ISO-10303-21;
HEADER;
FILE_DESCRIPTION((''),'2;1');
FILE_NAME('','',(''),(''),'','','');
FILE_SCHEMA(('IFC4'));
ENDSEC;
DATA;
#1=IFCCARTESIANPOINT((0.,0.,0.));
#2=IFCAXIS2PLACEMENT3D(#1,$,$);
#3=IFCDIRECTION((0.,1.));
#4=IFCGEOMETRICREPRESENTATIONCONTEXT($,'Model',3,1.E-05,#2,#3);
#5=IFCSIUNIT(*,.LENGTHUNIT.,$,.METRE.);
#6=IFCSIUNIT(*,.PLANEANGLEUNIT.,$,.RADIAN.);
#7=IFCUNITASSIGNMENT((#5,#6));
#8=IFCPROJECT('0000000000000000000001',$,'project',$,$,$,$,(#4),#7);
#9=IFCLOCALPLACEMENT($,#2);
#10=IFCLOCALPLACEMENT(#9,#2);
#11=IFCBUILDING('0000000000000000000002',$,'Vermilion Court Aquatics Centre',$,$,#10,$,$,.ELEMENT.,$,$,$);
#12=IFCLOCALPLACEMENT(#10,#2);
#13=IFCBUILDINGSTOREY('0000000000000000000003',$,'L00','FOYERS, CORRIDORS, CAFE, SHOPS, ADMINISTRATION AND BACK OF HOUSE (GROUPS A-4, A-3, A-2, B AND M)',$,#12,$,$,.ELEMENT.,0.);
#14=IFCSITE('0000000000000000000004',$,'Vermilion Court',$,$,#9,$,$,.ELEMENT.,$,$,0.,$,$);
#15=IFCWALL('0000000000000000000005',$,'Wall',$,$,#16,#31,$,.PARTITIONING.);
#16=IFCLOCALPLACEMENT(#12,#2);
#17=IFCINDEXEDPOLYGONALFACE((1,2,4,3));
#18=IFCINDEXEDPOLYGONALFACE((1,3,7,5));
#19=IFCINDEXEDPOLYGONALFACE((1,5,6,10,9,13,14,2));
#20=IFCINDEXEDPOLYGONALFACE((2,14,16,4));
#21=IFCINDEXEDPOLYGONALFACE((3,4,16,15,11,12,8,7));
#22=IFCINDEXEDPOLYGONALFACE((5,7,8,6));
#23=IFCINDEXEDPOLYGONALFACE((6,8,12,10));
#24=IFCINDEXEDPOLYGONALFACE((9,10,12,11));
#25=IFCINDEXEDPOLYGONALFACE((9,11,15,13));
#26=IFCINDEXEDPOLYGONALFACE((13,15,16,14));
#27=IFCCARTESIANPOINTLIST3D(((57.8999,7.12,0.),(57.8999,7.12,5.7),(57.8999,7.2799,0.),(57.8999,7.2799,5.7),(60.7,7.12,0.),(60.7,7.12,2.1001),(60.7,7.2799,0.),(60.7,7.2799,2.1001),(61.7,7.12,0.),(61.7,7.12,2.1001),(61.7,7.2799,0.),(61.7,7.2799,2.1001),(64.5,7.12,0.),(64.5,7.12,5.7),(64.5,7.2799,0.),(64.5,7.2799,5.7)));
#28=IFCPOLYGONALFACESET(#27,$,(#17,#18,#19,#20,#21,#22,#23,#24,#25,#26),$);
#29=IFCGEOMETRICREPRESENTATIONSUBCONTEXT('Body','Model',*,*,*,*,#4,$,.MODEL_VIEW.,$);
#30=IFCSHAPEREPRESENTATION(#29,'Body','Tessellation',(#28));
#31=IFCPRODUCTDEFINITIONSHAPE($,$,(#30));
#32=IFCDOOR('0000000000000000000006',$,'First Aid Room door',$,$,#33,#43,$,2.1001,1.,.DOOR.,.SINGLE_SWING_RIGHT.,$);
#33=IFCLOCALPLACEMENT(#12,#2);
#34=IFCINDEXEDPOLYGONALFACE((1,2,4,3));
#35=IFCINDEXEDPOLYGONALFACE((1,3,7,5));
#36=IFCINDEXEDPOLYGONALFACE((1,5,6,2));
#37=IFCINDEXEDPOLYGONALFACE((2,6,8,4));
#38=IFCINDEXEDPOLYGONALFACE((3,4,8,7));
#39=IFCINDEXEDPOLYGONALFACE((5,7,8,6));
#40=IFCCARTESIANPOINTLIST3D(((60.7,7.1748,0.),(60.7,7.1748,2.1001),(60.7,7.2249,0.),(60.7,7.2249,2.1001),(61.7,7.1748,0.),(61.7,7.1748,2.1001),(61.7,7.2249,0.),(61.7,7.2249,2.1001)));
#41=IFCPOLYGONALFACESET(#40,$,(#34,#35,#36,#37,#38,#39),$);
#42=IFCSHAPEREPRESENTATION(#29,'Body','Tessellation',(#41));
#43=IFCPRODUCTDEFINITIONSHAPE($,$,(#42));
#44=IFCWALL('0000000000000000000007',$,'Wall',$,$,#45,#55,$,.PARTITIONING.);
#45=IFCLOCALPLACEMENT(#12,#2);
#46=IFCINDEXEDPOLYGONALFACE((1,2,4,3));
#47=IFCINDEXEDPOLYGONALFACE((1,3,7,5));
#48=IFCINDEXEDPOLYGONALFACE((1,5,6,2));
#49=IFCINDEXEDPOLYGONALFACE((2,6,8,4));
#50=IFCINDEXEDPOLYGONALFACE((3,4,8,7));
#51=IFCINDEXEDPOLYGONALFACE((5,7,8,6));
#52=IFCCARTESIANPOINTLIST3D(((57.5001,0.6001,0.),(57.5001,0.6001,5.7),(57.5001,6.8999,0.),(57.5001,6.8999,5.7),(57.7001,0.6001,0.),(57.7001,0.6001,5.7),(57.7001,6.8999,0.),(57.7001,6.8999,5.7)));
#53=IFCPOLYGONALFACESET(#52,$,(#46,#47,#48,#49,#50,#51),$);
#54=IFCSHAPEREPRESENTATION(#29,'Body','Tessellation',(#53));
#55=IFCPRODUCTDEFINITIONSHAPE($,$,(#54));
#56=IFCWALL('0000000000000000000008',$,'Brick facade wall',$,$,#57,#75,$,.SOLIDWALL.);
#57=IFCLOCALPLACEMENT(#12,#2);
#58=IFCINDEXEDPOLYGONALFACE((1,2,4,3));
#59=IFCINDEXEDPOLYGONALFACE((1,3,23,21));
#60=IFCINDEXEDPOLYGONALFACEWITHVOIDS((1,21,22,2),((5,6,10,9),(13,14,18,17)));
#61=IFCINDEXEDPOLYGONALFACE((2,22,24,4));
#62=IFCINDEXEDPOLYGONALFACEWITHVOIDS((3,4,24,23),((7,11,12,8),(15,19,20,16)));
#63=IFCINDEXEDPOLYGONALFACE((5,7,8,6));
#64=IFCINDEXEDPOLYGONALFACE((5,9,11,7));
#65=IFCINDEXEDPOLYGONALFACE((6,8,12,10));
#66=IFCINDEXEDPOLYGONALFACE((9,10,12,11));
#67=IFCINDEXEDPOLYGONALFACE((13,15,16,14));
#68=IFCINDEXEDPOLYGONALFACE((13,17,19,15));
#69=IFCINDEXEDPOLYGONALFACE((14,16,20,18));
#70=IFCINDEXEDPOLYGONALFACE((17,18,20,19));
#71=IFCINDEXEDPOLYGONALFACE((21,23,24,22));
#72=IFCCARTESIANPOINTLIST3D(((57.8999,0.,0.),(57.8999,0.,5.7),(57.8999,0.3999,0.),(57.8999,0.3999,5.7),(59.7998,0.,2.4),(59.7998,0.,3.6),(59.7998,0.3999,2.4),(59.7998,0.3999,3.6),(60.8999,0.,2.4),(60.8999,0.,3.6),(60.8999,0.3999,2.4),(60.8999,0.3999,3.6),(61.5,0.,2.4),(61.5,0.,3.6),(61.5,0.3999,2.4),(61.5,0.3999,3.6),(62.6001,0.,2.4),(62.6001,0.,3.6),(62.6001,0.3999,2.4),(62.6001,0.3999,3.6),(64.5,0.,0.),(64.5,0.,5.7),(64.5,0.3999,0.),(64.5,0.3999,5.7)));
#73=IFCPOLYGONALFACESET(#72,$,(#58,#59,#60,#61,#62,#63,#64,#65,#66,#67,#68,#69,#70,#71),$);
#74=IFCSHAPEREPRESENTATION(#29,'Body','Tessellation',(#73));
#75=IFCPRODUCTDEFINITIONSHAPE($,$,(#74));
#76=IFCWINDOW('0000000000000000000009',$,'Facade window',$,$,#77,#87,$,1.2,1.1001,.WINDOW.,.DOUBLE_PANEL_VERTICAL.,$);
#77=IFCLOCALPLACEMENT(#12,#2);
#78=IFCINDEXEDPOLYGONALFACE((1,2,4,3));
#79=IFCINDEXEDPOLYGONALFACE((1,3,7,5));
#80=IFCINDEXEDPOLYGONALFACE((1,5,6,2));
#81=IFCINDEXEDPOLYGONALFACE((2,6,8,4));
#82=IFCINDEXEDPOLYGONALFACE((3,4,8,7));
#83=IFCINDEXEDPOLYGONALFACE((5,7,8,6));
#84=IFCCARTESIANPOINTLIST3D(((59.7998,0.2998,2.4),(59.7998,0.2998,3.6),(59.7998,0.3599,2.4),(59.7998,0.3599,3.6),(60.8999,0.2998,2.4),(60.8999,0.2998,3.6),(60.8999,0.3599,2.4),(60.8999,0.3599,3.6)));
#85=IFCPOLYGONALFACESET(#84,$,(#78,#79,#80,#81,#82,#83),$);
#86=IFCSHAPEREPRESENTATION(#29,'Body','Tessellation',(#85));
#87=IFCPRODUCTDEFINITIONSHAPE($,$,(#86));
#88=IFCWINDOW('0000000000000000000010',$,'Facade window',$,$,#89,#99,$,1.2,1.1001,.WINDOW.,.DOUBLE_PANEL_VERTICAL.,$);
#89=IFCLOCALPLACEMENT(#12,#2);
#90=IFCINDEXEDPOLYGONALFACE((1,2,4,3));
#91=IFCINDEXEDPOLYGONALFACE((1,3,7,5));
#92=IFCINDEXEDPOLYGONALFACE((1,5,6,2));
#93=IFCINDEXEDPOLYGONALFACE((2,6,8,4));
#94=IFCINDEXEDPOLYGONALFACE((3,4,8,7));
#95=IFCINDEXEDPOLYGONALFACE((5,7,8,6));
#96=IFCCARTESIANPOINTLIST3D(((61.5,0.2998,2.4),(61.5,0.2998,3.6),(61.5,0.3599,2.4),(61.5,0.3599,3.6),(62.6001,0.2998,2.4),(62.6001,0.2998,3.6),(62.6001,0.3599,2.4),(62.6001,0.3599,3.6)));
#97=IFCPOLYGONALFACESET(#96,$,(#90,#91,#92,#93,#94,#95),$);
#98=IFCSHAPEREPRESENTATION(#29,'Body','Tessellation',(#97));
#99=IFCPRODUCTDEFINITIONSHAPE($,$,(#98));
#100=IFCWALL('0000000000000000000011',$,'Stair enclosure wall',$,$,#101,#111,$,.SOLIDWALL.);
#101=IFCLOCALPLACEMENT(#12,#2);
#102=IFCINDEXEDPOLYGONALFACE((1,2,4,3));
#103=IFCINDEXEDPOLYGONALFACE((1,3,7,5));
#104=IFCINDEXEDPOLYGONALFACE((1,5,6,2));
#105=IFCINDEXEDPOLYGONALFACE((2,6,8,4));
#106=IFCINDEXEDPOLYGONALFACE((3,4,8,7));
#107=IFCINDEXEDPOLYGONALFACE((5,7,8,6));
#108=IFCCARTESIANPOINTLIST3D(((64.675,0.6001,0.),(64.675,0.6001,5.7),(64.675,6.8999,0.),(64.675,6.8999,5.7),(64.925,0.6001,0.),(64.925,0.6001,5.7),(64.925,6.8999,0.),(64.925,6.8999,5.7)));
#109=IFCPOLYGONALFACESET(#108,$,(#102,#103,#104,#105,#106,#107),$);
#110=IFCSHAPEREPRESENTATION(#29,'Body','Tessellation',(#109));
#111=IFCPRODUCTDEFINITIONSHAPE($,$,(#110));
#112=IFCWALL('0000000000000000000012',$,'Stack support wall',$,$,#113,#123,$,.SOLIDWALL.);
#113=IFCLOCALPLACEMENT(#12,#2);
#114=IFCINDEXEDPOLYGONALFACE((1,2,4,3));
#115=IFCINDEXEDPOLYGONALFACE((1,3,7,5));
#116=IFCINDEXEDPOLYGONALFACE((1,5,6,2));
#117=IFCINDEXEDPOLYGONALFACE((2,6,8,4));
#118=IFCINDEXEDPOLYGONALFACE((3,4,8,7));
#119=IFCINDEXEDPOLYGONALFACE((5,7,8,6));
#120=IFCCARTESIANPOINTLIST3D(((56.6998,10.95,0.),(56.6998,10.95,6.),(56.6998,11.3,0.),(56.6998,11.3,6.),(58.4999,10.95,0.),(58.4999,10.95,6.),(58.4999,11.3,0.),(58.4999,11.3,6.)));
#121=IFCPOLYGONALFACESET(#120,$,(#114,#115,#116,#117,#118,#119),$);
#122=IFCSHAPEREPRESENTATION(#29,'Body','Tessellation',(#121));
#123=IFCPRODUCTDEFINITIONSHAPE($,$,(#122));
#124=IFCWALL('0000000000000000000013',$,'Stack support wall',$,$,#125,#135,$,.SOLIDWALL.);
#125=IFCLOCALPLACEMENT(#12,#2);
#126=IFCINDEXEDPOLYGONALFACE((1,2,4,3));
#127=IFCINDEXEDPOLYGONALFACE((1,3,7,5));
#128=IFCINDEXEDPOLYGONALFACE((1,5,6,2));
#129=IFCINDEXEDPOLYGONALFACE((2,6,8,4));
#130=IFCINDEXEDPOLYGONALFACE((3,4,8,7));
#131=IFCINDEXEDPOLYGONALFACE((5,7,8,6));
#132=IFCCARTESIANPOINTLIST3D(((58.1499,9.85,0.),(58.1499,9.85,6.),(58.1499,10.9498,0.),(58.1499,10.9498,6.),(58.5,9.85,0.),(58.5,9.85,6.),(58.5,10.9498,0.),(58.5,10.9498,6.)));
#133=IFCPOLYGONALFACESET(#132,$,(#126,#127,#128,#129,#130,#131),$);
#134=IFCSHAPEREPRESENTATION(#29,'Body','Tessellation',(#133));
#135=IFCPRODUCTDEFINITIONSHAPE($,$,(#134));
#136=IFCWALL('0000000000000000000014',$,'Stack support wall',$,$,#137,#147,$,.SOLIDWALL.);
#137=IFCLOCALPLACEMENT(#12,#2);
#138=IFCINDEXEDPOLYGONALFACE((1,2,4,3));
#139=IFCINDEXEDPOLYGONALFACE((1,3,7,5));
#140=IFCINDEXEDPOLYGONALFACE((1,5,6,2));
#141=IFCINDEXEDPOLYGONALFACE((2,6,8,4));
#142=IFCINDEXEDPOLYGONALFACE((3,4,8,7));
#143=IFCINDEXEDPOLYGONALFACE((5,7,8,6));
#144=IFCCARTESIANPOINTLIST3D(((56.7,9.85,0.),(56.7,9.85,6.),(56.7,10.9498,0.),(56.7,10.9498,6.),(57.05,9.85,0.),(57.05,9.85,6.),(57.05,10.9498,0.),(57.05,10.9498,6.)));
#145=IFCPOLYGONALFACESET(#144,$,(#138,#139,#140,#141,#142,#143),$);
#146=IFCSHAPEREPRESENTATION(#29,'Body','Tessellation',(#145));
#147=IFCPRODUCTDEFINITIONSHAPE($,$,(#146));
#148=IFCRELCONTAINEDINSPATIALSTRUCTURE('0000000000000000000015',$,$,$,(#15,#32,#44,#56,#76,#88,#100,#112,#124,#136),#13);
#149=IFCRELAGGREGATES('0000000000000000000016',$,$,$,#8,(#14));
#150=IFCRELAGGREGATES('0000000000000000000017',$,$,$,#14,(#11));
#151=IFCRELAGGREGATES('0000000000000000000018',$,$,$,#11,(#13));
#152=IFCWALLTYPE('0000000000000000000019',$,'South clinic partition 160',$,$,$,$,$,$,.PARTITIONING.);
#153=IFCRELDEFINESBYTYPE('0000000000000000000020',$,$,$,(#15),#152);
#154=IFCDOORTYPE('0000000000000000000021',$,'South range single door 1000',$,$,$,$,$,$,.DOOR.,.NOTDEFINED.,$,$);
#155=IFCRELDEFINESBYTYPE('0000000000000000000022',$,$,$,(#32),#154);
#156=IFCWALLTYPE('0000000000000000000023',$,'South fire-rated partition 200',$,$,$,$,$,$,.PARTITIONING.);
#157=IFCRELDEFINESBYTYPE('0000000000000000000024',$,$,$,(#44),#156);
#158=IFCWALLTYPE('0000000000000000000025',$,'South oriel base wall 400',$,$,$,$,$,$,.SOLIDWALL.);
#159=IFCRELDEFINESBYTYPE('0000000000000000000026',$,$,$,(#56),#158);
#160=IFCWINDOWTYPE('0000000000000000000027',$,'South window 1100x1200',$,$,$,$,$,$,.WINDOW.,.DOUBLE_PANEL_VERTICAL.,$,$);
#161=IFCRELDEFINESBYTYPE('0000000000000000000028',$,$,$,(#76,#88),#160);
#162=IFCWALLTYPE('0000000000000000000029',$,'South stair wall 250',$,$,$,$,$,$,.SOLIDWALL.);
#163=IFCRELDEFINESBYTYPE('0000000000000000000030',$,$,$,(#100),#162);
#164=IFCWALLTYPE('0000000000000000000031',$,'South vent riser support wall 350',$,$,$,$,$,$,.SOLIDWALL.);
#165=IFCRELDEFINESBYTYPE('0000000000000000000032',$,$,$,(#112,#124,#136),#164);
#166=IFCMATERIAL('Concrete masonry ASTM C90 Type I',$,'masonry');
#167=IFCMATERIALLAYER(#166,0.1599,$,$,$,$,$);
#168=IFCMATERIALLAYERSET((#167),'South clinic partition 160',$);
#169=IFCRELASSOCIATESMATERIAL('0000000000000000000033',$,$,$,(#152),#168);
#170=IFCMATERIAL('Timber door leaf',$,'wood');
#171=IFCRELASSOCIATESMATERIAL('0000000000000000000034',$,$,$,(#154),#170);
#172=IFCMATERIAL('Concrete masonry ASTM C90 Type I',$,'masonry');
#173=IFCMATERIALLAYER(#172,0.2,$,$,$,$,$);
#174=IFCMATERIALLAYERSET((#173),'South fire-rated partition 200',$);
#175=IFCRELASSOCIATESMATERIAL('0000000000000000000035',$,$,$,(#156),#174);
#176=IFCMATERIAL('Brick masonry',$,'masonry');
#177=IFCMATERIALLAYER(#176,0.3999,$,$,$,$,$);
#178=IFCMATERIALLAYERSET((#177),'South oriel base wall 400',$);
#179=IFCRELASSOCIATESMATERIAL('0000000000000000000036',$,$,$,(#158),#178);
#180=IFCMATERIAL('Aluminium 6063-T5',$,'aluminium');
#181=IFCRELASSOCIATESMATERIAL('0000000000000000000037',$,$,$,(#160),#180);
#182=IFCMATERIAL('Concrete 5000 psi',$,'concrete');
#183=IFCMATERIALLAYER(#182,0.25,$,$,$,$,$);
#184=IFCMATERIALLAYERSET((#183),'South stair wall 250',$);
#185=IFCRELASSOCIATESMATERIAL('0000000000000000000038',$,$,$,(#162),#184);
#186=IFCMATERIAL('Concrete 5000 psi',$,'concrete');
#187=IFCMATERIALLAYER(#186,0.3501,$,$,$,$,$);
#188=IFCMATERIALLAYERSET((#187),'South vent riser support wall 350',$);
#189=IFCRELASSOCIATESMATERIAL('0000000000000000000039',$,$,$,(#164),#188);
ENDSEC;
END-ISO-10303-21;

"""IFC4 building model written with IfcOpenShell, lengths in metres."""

from ifc_helpers import new_model, si_unit, direction, frame, frame_2d, origin, place, context, subcontext, project, spatial, rectangle, extrude, material, layer, layer_set, type_object, element, fill, save


model = new_model("IFC4")

# Units and contexts
model_context = context("Model", 3, precision=1e-05, world=origin(), true_north=direction((0.0, 1.0)))
body_context = subcontext(model_context, "Body", "Model", "MODEL_VIEW")
ifc_project = project(units=[si_unit("LENGTHUNIT", "METRE"), si_unit("PLANEANGLEUNIT", "RADIAN")], contexts=[model_context])

# Site, building, storey
site_placement = place(None, origin())
site = spatial("IfcSite", under=ifc_project, at=site_placement, Name="Vermilion Court", CompositionType="ELEMENT", RefElevation=0.0)
building_placement = place(site_placement, origin())
building = spatial("IfcBuilding", under=site, at=building_placement, Name="Vermilion Court Aquatics Centre", CompositionType="ELEMENT")
storey_placement = place(building_placement, origin())
storey = spatial("IfcBuildingStorey", under=building, at=storey_placement, Name="L00", Description="FOYERS, CORRIDORS, CAFE, SHOPS, ADMINISTRATION AND BACK OF HOUSE (GROUPS A-4, A-3, A-2, B AND M)", CompositionType="ELEMENT", Elevation=0.0)

# Wall, opening, door
ifc_material_1 = material(Name="Concrete masonry ASTM C90 Type I", Category="masonry")
ifc_layer_1 = layer(ifc_material_1, 0.1599)
ifc_layer_set_1 = layer_set([ifc_layer_1], Name="South clinic partition 160")
wall_type_1 = type_object("IfcWallType", Name="South clinic partition 160", PredefinedType="PARTITIONING", material=ifc_layer_set_1)
wall_1_placement = place(storey_placement, frame((57.8999, 7.2, 0.0), z_axis=(0.0, 0.0, 1.0), x_axis=(1.0, 0.0, 0.0)))
wall_1 = element("IfcWall", 1, at=wall_1_placement, inside=storey, type_object=wall_type_1, Name="Wall", PredefinedType="PARTITIONING", context=body_context, shape_type="SweptSolid", body=[
    extrude(rectangle(XDim=6.6001, YDim=0.1599, at=frame_2d((3.3, 0.0))), origin(), (0.0, 0.0, 1.0), 5.7),
])
opening_1_placement = place(wall_1_placement, frame((2.8, 0.0, 0.0)))
opening_1 = element("IfcOpeningElement", 2, at=opening_1_placement, cuts=wall_1, PredefinedType="OPENING", context=body_context, shape_type="SweptSolid", body=[
    extrude(rectangle(XDim=1.0, YDim=2.1001, at=frame_2d((0.5, 1.05))), frame((0.0, 0.0898, 0.0), z_axis=(0.0, -1.0, 0.0), x_axis=(1.0, 0.0, 0.0)), (0.0, 0.0, 1.0), 0.1799),
])
ifc_material_2 = material(Name="Timber door leaf", Category="wood")
door_type = type_object("IfcDoorType", Name="South range single door 1000", OperationType="NOTDEFINED", PredefinedType="DOOR", material=ifc_material_2)
door_placement = place(opening_1_placement, frame((1.0, 0.0, 0.0), z_axis=(0.0, 0.0, 1.0), x_axis=(-1.0, 0.0, 0.0)))
door = element("IfcDoor", 3, at=door_placement, inside=storey, type_object=door_type, Name="First Aid Room door", OperationType="SINGLE_SWING_RIGHT", OverallHeight=2.1001, OverallWidth=1.0, PredefinedType="DOOR", context=body_context, shape_type="SweptSolid", body=[
    extrude(rectangle(XDim=1.0, YDim=2.1001, at=frame_2d((0.5, 1.05))), frame((0.0, 0.0251, 0.0), z_axis=(0.0, -1.0, 0.0), x_axis=(1.0, 0.0, 0.0)), (0.0, 0.0, 1.0), 0.05),
])
fill(opening_1, door)

# Wall
ifc_material_3 = material(Name="Concrete masonry ASTM C90 Type I", Category="masonry")
ifc_layer_2 = layer(ifc_material_3, 0.2)
ifc_layer_set_2 = layer_set([ifc_layer_2], Name="South fire-rated partition 200")
wall_type_2 = type_object("IfcWallType", Name="South fire-rated partition 200", PredefinedType="PARTITIONING", material=ifc_layer_set_2)
wall_2_placement = place(storey_placement, frame((57.6001, 0.6001, 0.0), z_axis=(0.0, 0.0, 1.0), x_axis=(0.0, 1.0, 0.0)))
element("IfcWall", 4, at=wall_2_placement, inside=storey, type_object=wall_type_2, Name="Wall", PredefinedType="PARTITIONING", context=body_context, shape_type="SweptSolid", body=[
    extrude(rectangle(XDim=6.2998, YDim=0.2, at=frame_2d((3.1499, 0.0))), origin(), (0.0, 0.0, 1.0), 5.7),
])

# Wall, openings, windows
ifc_material_4 = material(Name="Brick masonry", Category="masonry")
ifc_layer_3 = layer(ifc_material_4, 0.3999)
ifc_layer_set_3 = layer_set([ifc_layer_3], Name="South oriel base wall 400")
wall_type_3 = type_object("IfcWallType", Name="South oriel base wall 400", PredefinedType="SOLIDWALL", material=ifc_layer_set_3)
wall_3_placement = place(storey_placement, frame((57.8999, 0.2, 0.0), z_axis=(0.0, 0.0, 1.0), x_axis=(1.0, 0.0, 0.0)))
wall_3 = element("IfcWall", 5, at=wall_3_placement, inside=storey, type_object=wall_type_3, Name="Brick facade wall", PredefinedType="SOLIDWALL", context=body_context, shape_type="SweptSolid", body=[
    extrude(rectangle(XDim=6.6001, YDim=0.3999, at=frame_2d((3.3, 0.0))), origin(), (0.0, 0.0, 1.0), 5.7),
])
opening_2_placement = place(wall_3_placement, frame((1.8999, 0.0, 2.3999)))
opening_2 = element("IfcOpeningElement", 6, at=opening_2_placement, cuts=wall_3, PredefinedType="OPENING", context=body_context, shape_type="SweptSolid", body=[
    extrude(rectangle(XDim=1.1001, YDim=1.2, at=frame_2d((0.55, 0.6001))), frame((0.0, 0.21, 0.0), z_axis=(0.0, -1.0, 0.0), x_axis=(1.0, 0.0, 0.0)), (0.0, 0.0, 1.0), 0.4199),
])
opening_3_placement = place(wall_3_placement, frame((3.6001, 0.0, 2.3999)))
opening_3 = element("IfcOpeningElement", 7, at=opening_3_placement, cuts=wall_3, PredefinedType="OPENING", context=body_context, shape_type="SweptSolid", body=[
    extrude(rectangle(XDim=1.1001, YDim=1.2, at=frame_2d((0.55, 0.6001))), frame((0.0, 0.21, 0.0), z_axis=(0.0, -1.0, 0.0), x_axis=(1.0, 0.0, 0.0)), (0.0, 0.0, 1.0), 0.4199),
])
ifc_material_5 = material(Name="Aluminium 6063-T5", Category="aluminium")
window_type = type_object("IfcWindowType", Name="South window 1100x1200", PartitioningType="DOUBLE_PANEL_VERTICAL", PredefinedType="WINDOW", material=ifc_material_5)
window_1_placement = place(opening_2_placement, origin())
window_1 = element("IfcWindow", 8, at=window_1_placement, inside=storey, type_object=window_type, Name="Facade window", OverallHeight=1.2, OverallWidth=1.1001, PartitioningType="DOUBLE_PANEL_VERTICAL", PredefinedType="WINDOW", context=body_context, shape_type="SweptSolid", body=[
    extrude(rectangle(XDim=1.1001, YDim=1.2, at=frame_2d((0.55, 0.6001))), frame((0.0, 0.1599, 0.0), z_axis=(0.0, -1.0, 0.0), x_axis=(1.0, 0.0, 0.0)), (0.0, 0.0, 1.0), 0.0601),
])
fill(opening_2, window_1)
window_2_placement = place(opening_3_placement, origin())
window_2 = element("IfcWindow", 9, at=window_2_placement, inside=storey, type_object=window_type, Name="Facade window", OverallHeight=1.2, OverallWidth=1.1001, PartitioningType="DOUBLE_PANEL_VERTICAL", PredefinedType="WINDOW", context=body_context, shape_type="SweptSolid", body=[
    extrude(rectangle(XDim=1.1001, YDim=1.2, at=frame_2d((0.55, 0.6001))), frame((0.0, 0.1599, 0.0), z_axis=(0.0, -1.0, 0.0), x_axis=(1.0, 0.0, 0.0)), (0.0, 0.0, 1.0), 0.0601),
])
fill(opening_3, window_2)

# Walls
ifc_material_6 = material(Name="Concrete 5000 psi", Category="concrete")
ifc_layer_4 = layer(ifc_material_6, 0.25)
ifc_layer_set_4 = layer_set([ifc_layer_4], Name="South stair wall 250")
wall_type_4 = type_object("IfcWallType", Name="South stair wall 250", PredefinedType="SOLIDWALL", material=ifc_layer_set_4)
wall_4_placement = place(storey_placement, frame((64.8, 0.6001, 0.0), z_axis=(0.0, 0.0, 1.0), x_axis=(0.0, 1.0, 0.0)))
element("IfcWall", 10, at=wall_4_placement, inside=storey, type_object=wall_type_4, Name="Stair enclosure wall", PredefinedType="SOLIDWALL", context=body_context, shape_type="SweptSolid", body=[
    extrude(rectangle(XDim=6.2998, YDim=0.25, at=frame_2d((3.1499, 0.0))), origin(), (0.0, 0.0, 1.0), 5.7),
])
ifc_material_7 = material(Name="Concrete 5000 psi", Category="concrete")
ifc_layer_5 = layer(ifc_material_7, 0.3501)
ifc_layer_set_5 = layer_set([ifc_layer_5], Name="South vent riser support wall 350")
wall_type_5 = type_object("IfcWallType", Name="South vent riser support wall 350", PredefinedType="SOLIDWALL", material=ifc_layer_set_5)
wall_5_placement = place(storey_placement, frame((56.7, 11.125, 0.0), z_axis=(0.0, 0.0, 1.0), x_axis=(1.0, 0.0, 0.0)))
element("IfcWall", 11, at=wall_5_placement, inside=storey, type_object=wall_type_5, Name="Stack support wall", PredefinedType="SOLIDWALL", context=body_context, shape_type="SweptSolid", body=[
    extrude(rectangle(XDim=1.8, YDim=0.3501, at=frame_2d((0.8999, 0.0))), origin(), (0.0, 0.0, 1.0), 6.0),
])
for number, where, z_axis, x_axis, name in (
    (12, (58.325, 9.8501, 0.0), (0.0, 0.0, 1.0), (0.0, 1.0, 0.0), "Stack support wall"),
    (13, (56.875, 9.8501, 0.0), (0.0, 0.0, 1.0), (0.0, 1.0, 0.0), "Stack support wall"),
):
    element("IfcWall", number, at=place(storey_placement, frame(where, z_axis=z_axis, x_axis=x_axis)), inside=storey, type_object=wall_type_5, Name=name, PredefinedType="SOLIDWALL", context=body_context, shape_type="SweptSolid", body=[
        extrude(rectangle(XDim=1.0999, YDim=0.3501, at=frame_2d((0.5498, 0.0))), origin(), (0.0, 0.0, 1.0), 6.0),
    ])

save(model, "model.ifc")
